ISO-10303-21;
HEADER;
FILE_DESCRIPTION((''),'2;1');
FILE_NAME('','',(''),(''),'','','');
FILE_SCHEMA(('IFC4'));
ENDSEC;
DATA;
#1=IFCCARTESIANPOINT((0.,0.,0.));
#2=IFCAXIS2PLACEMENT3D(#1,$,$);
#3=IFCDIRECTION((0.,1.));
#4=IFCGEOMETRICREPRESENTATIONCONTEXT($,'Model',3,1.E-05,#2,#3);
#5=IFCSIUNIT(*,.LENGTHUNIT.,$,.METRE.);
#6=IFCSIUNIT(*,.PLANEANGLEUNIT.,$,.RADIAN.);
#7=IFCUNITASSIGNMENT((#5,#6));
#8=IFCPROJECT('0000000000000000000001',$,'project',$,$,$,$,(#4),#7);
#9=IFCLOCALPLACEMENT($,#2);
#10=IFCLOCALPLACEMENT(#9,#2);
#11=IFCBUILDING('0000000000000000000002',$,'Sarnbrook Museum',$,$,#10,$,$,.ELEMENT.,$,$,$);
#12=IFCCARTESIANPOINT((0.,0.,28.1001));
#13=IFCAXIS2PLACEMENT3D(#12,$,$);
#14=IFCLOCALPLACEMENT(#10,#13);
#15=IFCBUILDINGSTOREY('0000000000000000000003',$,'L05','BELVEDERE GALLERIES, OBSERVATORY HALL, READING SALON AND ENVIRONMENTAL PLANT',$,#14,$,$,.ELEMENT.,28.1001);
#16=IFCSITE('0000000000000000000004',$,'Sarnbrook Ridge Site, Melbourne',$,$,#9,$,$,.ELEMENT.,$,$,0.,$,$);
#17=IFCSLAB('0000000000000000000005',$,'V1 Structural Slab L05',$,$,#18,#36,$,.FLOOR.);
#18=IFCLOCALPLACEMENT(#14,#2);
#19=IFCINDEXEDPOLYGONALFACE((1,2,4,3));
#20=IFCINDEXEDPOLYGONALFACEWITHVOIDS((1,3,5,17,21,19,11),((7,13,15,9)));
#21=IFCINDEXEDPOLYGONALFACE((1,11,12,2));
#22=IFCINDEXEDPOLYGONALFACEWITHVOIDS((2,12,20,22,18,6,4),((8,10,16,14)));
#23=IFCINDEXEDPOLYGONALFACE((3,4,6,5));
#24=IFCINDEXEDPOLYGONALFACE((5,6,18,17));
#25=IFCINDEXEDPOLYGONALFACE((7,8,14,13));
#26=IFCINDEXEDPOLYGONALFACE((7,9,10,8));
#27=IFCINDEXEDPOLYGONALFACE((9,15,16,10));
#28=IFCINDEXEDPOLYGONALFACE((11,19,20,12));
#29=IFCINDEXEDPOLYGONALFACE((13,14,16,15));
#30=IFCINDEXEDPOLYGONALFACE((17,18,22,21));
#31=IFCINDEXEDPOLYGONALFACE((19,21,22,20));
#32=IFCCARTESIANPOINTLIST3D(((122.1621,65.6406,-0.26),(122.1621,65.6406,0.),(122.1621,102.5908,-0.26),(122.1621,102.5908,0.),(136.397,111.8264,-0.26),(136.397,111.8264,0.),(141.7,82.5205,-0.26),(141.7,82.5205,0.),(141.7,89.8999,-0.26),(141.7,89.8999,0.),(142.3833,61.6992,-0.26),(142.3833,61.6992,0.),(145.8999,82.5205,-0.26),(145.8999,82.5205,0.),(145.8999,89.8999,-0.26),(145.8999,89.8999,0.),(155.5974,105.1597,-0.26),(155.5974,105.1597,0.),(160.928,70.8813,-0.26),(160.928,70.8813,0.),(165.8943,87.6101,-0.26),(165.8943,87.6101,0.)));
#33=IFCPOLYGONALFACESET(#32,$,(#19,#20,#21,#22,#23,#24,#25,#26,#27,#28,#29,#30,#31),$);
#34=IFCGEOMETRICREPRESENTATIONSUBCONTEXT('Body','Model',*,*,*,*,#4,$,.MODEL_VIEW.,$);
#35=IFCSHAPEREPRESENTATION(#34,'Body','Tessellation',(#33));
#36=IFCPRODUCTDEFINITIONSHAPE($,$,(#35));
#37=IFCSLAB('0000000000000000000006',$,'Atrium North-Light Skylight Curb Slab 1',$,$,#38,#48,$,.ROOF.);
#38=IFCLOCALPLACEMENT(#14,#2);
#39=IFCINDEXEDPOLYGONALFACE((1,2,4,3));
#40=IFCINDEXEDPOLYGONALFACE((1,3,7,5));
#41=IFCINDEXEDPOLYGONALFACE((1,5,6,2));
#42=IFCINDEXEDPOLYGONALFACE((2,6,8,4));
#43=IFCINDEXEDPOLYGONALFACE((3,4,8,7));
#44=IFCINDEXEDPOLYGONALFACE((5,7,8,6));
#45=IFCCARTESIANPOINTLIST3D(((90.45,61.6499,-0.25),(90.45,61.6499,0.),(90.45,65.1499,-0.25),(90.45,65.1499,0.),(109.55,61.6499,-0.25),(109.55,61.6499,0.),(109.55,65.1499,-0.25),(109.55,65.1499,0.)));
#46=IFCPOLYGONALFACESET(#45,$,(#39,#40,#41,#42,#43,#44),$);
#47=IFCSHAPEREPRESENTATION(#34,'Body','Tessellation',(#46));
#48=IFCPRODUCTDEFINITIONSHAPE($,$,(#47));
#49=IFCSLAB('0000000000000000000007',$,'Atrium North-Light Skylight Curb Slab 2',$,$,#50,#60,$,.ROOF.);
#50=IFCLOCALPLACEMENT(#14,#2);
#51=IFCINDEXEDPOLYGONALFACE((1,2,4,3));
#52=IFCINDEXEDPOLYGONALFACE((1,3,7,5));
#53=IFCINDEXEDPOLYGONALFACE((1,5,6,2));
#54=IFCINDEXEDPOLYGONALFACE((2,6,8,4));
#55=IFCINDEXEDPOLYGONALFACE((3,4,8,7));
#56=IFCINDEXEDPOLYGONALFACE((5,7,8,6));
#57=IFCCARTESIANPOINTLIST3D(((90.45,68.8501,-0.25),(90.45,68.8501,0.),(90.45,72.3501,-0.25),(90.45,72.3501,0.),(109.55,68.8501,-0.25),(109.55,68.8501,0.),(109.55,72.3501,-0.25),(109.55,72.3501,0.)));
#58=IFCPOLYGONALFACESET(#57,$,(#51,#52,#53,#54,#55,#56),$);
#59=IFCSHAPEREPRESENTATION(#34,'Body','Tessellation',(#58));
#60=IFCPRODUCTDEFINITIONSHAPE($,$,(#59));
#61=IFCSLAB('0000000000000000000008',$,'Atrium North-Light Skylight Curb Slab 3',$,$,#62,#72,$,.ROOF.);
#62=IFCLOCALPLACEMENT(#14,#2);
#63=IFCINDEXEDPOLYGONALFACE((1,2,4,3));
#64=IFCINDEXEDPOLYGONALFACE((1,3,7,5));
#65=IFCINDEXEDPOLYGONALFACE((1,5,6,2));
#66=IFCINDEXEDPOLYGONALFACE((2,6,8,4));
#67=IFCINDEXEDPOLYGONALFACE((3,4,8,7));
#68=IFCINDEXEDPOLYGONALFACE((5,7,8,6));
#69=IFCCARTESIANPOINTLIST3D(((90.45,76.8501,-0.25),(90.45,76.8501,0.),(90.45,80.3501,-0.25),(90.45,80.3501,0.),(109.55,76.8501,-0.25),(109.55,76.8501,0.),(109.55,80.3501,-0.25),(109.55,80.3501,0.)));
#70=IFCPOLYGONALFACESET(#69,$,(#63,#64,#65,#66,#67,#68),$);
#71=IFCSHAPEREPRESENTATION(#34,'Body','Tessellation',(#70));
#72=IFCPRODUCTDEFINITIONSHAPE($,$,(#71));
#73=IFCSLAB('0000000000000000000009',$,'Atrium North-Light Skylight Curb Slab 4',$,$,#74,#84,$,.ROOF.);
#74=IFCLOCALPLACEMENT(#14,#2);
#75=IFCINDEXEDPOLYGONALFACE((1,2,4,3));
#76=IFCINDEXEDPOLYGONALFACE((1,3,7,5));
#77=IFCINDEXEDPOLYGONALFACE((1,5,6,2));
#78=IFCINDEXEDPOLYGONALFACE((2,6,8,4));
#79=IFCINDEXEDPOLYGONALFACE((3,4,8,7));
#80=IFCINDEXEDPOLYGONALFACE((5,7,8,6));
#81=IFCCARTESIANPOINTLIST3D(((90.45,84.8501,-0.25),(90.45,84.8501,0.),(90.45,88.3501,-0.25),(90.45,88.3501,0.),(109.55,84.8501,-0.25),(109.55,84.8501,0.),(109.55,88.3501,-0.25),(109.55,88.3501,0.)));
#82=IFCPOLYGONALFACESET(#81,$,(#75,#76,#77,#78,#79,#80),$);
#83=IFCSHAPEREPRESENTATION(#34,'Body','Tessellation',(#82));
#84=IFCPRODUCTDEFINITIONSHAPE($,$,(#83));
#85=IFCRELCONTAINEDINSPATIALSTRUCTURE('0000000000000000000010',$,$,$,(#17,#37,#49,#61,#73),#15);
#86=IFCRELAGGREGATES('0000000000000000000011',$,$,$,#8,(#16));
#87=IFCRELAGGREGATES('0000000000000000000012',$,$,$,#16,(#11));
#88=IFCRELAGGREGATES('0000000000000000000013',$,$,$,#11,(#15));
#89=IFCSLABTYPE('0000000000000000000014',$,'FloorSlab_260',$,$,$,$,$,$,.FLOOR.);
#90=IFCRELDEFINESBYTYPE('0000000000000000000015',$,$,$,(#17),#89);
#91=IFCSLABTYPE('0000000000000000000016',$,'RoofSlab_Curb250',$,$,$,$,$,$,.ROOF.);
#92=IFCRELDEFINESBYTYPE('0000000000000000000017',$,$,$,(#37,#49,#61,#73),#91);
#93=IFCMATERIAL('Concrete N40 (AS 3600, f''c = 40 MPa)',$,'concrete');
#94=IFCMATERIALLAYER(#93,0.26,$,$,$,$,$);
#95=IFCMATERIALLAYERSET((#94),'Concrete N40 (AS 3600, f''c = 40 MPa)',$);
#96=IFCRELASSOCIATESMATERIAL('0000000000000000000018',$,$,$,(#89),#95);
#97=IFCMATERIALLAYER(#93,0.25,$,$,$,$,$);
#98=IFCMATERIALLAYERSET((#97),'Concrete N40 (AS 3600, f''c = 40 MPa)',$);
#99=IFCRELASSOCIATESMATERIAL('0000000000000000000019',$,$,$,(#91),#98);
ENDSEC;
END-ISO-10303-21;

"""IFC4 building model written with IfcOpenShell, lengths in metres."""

from ifc_helpers import new_model, si_unit, direction, frame, origin, place, context, subcontext, project, spatial, polyline, outline, extrude, material, layer, layer_set, type_object, element, save


model = new_model("IFC4")

# Units and contexts
model_context = context("Model", 3, precision=1e-05, world=origin(), true_north=direction((0.0, 1.0)))
body_context = subcontext(model_context, "Body", "Model", "MODEL_VIEW")
ifc_project = project(units=[si_unit("LENGTHUNIT", "METRE"), si_unit("PLANEANGLEUNIT", "RADIAN")], contexts=[model_context])

# Site, building, storey
site_placement = place(None, origin())
site = spatial("IfcSite", under=ifc_project, at=site_placement, Name="Sarnbrook Ridge Site, Melbourne", CompositionType="ELEMENT", RefElevation=0.0)
building_placement = place(site_placement, origin())
building = spatial("IfcBuilding", under=site, at=building_placement, Name="Sarnbrook Museum", CompositionType="ELEMENT")
storey_placement = place(building_placement, frame((0.0, 0.0, 28.1001)))
storey = spatial("IfcBuildingStorey", under=building, at=storey_placement, Name="L05", Description="BELVEDERE GALLERIES, OBSERVATORY HALL, READING SALON AND ENVIRONMENTAL PLANT", CompositionType="ELEMENT", Elevation=28.1001)

# Shared definitions
ifc_material_1 = material(Name="Concrete N40 (AS 3600, f'c = 40 MPa)", Category="concrete")

# Slabs
ifc_layer_1 = layer(ifc_material_1, 0.26)
ifc_layer_set_1 = layer_set([ifc_layer_1], Name="Concrete N40 (AS 3600, f'c = 40 MPa)")
slab_type_1 = type_object("IfcSlabType", Name="FloorSlab_260", PredefinedType="FLOOR", material=ifc_layer_set_1)
slab_1_placement = place(storey_placement, frame((0.0, 0.0, -0.26)))
element("IfcSlab", 1, at=slab_1_placement, inside=storey, type_object=slab_type_1, Name="V1 Structural Slab L05", PredefinedType="FLOOR", context=body_context, shape_type="SweptSolid", body=[
    extrude(outline(polyline([(136.397, 111.8264), (155.5974, 105.1597), (165.8943, 87.6101), (160.928, 70.8813), (142.3833, 61.6992), (122.1621, 65.6406), (122.1621, 102.5908), (136.397, 111.8264)]), holes=[polyline([(145.8999, 89.8999), (145.8999, 82.5205), (141.7, 82.5205), (141.7, 89.8999), (145.8999, 89.8999)])]), origin(), (0.0, 0.0, 1.0), 0.26),
])
ifc_layer_2 = layer(ifc_material_1, 0.25)
ifc_layer_set_2 = layer_set([ifc_layer_2], Name="Concrete N40 (AS 3600, f'c = 40 MPa)")
slab_type_2 = type_object("IfcSlabType", Name="RoofSlab_Curb250", PredefinedType="ROOF", material=ifc_layer_set_2)
slab_2_placement = place(storey_placement, frame((0.0, 0.0, -0.25)))
element("IfcSlab", 2, at=slab_2_placement, inside=storey, type_object=slab_type_2, Name="Atrium North-Light Skylight Curb Slab 1", PredefinedType="ROOF", context=body_context, shape_type="SweptSolid", body=[
    extrude(outline(polyline([(90.45, 61.6499), (90.45, 65.1499), (109.55, 65.1499), (109.55, 61.6499), (90.45, 61.6499)])), origin(), (0.0, 0.0, 1.0), 0.25),
])
slab_3_placement = place(storey_placement, frame((0.0, 0.0, -0.25)))
element("IfcSlab", 3, at=slab_3_placement, inside=storey, type_object=slab_type_2, Name="Atrium North-Light Skylight Curb Slab 2", PredefinedType="ROOF", context=body_context, shape_type="SweptSolid", body=[
    extrude(outline(polyline([(90.45, 68.8501), (90.45, 72.3501), (109.55, 72.3501), (109.55, 68.8501), (90.45, 68.8501)])), origin(), (0.0, 0.0, 1.0), 0.25),
])
slab_4_placement = place(storey_placement, frame((0.0, 0.0, -0.25)))
element("IfcSlab", 4, at=slab_4_placement, inside=storey, type_object=slab_type_2, Name="Atrium North-Light Skylight Curb Slab 3", PredefinedType="ROOF", context=body_context, shape_type="SweptSolid", body=[
    extrude(outline(polyline([(90.45, 76.8501), (90.45, 80.3501), (109.55, 80.3501), (109.55, 76.8501), (90.45, 76.8501)])), origin(), (0.0, 0.0, 1.0), 0.25),
])
slab_5_placement = place(storey_placement, frame((0.0, 0.0, -0.25)))
element("IfcSlab", 5, at=slab_5_placement, inside=storey, type_object=slab_type_2, Name="Atrium North-Light Skylight Curb Slab 4", PredefinedType="ROOF", context=body_context, shape_type="SweptSolid", body=[
    extrude(outline(polyline([(90.45, 84.8501), (90.45, 88.3501), (109.55, 88.3501), (109.55, 84.8501), (90.45, 84.8501)])), origin(), (0.0, 0.0, 1.0), 0.25),
])

save(model, "model.ifc")
